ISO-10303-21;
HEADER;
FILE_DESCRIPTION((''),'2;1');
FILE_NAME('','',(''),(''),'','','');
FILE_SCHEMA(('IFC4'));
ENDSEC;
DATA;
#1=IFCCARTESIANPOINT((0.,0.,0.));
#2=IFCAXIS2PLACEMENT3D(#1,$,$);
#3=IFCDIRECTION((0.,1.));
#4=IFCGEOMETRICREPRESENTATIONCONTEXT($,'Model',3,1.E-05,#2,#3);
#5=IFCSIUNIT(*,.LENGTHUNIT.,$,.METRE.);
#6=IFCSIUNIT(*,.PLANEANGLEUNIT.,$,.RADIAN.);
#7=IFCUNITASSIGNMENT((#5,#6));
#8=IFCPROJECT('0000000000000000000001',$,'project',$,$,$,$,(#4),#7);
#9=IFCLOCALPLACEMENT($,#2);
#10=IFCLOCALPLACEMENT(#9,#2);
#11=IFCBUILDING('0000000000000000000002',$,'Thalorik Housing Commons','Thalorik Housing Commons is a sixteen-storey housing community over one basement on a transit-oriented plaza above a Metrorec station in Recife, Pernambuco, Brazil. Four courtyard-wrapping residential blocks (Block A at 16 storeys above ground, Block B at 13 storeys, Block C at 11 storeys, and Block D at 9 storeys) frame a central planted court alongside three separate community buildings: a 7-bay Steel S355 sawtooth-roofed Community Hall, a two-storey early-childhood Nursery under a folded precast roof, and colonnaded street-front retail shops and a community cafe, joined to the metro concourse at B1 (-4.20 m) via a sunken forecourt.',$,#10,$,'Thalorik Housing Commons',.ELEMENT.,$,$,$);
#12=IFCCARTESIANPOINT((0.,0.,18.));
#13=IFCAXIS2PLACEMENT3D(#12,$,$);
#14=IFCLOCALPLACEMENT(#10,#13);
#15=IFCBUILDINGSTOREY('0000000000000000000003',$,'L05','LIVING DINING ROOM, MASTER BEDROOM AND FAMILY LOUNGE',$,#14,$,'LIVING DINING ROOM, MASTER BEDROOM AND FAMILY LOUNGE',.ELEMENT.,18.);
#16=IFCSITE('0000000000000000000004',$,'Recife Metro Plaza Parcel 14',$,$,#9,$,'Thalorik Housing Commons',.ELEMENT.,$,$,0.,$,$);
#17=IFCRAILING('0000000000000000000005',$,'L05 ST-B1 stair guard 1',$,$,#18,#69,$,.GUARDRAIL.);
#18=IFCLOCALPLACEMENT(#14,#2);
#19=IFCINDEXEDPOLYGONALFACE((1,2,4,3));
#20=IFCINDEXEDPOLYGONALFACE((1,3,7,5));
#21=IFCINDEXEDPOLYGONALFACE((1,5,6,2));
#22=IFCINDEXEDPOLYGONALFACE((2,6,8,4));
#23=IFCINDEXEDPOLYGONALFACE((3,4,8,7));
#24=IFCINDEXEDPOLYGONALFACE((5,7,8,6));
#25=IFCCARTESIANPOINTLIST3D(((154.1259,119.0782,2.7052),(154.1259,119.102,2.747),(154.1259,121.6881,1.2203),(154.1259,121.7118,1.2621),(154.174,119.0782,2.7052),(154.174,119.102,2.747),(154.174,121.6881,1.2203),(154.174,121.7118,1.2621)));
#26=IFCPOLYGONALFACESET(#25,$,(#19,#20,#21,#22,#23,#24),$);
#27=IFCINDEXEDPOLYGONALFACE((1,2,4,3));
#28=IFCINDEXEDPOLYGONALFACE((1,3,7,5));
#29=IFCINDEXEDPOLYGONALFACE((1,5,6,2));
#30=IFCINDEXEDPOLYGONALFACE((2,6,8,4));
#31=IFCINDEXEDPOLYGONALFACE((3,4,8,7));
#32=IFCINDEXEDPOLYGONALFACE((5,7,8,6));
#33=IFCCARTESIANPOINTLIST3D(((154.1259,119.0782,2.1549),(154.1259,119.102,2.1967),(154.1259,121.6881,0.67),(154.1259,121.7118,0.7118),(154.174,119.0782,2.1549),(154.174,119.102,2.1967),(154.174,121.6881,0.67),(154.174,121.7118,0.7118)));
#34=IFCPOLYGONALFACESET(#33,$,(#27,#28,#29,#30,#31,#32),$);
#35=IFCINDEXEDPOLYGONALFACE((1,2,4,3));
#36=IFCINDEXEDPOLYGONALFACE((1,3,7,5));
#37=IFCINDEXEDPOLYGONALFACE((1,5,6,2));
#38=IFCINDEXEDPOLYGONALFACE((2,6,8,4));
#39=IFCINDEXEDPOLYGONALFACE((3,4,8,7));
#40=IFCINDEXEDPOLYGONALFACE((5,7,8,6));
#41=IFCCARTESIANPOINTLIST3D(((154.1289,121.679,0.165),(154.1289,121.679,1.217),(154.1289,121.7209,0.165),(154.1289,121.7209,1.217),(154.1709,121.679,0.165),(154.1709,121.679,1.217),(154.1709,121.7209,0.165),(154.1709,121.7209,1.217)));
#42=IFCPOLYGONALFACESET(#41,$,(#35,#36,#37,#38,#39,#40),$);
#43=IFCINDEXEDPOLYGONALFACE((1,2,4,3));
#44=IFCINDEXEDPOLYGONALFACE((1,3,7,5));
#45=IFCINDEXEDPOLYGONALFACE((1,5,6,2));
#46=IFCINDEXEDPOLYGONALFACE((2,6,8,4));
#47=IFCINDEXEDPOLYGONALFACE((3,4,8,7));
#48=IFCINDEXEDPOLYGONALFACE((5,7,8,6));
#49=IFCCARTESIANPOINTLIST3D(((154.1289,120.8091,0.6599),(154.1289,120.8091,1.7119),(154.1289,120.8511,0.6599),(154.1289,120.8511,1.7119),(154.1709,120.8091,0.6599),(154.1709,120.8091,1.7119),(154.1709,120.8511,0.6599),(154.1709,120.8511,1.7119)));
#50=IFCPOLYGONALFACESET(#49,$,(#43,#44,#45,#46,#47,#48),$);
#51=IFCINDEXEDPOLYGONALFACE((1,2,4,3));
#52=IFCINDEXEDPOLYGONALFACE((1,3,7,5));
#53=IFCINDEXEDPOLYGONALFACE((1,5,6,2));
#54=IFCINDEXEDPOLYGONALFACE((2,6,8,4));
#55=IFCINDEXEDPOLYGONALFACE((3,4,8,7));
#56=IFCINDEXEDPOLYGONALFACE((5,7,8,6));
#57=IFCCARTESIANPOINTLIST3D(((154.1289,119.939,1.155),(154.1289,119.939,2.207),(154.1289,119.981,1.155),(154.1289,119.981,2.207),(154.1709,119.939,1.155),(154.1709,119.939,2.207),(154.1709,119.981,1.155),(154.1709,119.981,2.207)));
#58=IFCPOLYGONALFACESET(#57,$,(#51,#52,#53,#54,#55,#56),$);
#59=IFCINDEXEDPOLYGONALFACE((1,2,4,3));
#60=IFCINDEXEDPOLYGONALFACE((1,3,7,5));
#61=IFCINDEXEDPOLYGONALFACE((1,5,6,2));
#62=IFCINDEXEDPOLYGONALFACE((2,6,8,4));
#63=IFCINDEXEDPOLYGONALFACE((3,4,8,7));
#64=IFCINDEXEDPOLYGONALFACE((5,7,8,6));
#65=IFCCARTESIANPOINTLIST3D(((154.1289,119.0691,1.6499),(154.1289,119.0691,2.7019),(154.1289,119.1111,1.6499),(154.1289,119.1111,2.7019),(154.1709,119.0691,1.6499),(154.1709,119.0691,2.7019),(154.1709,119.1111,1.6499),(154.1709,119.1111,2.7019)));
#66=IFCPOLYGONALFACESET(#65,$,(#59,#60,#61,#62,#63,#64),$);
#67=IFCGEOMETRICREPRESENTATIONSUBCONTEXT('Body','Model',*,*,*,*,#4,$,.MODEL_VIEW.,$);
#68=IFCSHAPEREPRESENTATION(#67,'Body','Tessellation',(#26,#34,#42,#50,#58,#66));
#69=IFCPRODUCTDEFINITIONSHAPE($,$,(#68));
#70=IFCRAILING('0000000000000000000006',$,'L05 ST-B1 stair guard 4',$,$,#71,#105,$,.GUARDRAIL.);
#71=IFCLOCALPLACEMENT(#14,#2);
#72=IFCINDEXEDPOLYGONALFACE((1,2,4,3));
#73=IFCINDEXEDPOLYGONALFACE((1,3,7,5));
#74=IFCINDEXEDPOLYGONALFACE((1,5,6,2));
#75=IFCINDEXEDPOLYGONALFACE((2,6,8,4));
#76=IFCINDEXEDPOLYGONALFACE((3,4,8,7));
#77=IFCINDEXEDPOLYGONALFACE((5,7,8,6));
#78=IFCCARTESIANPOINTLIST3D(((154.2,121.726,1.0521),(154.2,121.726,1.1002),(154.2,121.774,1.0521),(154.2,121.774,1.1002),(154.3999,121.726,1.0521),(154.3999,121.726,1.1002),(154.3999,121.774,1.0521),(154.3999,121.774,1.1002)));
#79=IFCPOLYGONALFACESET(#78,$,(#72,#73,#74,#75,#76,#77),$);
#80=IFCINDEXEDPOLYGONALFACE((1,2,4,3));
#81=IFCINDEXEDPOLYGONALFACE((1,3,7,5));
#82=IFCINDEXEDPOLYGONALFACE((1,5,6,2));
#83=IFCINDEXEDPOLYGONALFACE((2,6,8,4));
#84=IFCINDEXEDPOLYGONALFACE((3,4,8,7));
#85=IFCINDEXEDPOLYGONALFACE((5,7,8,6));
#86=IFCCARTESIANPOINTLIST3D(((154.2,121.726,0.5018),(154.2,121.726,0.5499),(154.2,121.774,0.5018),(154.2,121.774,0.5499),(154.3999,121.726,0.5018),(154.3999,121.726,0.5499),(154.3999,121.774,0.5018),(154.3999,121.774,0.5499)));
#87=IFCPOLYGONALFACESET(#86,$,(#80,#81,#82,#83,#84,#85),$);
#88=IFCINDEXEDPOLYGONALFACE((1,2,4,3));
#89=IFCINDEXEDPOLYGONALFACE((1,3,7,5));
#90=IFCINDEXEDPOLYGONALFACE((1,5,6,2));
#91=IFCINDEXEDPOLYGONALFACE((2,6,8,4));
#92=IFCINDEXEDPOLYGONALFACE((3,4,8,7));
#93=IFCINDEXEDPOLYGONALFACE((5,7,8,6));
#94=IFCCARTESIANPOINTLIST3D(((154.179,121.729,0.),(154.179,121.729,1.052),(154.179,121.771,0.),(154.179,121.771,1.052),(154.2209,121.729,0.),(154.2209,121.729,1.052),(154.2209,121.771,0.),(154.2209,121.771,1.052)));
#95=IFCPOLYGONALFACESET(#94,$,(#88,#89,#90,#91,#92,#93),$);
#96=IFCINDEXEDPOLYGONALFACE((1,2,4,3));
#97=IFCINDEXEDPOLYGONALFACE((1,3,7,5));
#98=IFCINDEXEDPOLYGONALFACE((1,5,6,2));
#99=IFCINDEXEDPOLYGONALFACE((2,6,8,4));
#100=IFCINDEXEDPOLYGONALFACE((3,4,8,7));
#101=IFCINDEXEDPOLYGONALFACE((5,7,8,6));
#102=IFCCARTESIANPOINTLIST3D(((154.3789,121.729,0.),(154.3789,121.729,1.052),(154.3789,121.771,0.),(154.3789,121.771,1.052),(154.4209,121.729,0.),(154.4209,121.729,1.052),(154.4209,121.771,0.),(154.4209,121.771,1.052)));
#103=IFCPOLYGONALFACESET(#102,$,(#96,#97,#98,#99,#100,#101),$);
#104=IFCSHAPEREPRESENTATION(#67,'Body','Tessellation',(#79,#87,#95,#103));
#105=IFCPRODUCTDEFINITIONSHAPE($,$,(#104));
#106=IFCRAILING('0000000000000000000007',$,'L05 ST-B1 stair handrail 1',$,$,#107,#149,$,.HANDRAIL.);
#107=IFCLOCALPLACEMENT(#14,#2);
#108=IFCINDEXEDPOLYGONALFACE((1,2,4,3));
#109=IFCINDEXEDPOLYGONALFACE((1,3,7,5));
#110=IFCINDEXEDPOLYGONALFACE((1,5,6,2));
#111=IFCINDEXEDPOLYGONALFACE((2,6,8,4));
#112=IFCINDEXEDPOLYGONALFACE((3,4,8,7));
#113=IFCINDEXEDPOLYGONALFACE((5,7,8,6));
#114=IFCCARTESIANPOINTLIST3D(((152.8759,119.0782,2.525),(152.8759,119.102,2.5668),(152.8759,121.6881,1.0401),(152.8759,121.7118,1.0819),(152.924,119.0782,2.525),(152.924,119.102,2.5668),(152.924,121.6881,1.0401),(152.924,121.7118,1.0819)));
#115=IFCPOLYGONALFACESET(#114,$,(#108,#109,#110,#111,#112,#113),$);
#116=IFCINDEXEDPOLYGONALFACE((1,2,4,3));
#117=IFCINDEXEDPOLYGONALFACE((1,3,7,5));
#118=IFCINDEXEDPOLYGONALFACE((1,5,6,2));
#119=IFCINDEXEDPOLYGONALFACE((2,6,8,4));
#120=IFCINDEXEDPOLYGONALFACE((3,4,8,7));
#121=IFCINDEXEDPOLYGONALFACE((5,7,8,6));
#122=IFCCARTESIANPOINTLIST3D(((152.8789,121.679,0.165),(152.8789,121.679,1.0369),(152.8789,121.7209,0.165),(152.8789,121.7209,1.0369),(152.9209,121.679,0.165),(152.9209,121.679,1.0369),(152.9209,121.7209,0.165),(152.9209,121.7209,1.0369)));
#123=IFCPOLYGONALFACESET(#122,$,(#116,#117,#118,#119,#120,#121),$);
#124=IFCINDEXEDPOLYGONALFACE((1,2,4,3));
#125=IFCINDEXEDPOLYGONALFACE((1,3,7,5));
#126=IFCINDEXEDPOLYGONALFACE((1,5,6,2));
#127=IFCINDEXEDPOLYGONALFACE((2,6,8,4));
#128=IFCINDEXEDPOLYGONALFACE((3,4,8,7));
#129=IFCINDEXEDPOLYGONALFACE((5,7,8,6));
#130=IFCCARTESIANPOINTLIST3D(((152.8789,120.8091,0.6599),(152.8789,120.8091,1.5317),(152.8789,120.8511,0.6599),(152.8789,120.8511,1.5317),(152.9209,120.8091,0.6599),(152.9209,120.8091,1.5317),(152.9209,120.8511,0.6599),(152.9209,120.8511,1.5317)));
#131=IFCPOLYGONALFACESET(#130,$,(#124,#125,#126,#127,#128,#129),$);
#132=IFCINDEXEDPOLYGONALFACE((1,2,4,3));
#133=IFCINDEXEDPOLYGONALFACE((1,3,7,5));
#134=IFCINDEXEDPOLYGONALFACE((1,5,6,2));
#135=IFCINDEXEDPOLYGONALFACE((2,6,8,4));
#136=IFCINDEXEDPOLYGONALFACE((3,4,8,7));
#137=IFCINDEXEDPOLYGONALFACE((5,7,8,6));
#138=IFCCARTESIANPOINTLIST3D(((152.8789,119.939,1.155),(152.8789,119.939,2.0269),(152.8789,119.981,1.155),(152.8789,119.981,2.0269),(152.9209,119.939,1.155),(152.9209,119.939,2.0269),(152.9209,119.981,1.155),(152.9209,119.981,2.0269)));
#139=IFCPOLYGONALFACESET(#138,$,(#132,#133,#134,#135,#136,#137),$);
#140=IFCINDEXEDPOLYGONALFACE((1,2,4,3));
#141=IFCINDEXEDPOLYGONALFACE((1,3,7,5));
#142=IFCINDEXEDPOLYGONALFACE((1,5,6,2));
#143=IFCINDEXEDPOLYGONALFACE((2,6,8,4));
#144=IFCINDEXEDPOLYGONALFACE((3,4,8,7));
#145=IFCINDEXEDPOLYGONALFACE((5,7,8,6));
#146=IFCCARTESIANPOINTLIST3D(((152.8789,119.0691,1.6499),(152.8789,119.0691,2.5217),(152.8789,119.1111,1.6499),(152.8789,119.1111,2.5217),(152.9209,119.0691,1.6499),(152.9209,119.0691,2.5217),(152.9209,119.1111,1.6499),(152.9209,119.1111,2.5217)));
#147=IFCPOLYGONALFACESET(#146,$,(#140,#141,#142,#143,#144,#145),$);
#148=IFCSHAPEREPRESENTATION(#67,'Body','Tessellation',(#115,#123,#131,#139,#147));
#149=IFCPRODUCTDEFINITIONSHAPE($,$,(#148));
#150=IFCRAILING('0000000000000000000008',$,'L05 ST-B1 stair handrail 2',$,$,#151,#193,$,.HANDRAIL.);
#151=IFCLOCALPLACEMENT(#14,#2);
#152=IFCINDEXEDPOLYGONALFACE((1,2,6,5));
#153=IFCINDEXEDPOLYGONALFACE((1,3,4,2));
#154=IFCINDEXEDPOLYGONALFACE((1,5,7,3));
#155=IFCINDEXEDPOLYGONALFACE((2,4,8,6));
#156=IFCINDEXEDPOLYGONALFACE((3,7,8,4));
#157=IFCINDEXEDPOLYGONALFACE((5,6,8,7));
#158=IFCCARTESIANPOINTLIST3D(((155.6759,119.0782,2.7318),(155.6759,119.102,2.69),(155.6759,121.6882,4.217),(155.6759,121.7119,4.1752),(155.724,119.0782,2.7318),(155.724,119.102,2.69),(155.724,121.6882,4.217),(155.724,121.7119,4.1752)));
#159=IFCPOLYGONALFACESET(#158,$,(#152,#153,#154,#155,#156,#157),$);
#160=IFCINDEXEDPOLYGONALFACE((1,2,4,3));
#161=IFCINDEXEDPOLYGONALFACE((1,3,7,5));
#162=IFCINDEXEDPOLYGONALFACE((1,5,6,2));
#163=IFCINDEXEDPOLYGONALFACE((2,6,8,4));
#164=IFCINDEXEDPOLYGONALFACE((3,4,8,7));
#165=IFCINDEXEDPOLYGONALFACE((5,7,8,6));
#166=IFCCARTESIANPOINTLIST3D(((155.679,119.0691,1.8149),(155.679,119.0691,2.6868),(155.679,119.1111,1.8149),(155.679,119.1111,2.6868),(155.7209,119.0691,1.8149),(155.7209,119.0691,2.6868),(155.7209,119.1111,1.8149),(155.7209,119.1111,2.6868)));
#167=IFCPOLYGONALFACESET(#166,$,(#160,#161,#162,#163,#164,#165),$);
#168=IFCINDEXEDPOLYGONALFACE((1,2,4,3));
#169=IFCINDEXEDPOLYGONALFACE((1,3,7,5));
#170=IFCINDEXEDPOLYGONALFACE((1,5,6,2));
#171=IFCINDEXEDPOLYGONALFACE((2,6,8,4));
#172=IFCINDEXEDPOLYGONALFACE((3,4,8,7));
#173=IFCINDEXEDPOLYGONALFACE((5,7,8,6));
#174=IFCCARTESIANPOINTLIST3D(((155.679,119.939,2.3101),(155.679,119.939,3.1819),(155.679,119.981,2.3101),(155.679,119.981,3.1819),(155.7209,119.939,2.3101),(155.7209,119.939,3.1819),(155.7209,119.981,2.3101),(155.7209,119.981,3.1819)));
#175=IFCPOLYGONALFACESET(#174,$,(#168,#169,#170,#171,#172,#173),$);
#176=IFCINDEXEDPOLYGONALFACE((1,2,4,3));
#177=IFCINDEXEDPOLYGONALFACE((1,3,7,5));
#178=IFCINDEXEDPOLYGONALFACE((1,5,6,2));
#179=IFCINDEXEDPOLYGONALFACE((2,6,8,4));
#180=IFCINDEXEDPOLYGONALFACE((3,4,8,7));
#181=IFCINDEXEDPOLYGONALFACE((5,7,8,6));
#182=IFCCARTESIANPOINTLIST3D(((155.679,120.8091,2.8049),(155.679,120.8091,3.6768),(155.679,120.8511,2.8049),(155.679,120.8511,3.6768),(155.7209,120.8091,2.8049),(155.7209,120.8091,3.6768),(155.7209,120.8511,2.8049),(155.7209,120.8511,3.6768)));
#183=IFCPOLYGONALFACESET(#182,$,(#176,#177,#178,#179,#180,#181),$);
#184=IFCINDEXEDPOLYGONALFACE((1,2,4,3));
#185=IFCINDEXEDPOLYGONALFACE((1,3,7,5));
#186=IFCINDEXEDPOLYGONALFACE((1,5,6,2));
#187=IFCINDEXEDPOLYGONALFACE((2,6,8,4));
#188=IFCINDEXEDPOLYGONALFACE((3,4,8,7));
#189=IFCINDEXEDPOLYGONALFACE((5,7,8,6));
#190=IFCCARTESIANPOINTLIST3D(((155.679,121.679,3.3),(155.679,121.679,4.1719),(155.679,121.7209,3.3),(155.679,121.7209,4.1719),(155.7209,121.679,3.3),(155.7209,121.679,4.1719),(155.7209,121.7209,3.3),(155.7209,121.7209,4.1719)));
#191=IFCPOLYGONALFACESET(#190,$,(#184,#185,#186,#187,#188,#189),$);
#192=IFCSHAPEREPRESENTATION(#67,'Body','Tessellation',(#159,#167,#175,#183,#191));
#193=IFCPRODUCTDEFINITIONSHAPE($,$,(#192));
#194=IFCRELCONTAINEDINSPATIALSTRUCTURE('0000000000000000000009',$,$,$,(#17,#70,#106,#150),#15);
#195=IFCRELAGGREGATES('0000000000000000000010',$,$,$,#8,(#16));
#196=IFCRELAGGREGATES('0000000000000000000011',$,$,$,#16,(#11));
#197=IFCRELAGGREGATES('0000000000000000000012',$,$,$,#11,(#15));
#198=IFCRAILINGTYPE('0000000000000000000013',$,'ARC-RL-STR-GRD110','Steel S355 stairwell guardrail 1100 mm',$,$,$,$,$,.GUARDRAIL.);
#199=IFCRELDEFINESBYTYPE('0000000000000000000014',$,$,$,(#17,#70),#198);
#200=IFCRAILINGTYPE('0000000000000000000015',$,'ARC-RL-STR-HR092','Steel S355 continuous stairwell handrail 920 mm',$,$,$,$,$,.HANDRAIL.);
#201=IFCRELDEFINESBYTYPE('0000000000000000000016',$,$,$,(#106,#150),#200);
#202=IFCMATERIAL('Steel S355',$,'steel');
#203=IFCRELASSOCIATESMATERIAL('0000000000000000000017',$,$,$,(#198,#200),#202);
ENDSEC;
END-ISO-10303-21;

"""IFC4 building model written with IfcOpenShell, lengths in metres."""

from ifc_helpers import new_model, si_unit, direction, frame, origin, origin_2d, place, context, subcontext, project, spatial, rectangle, extrude, material, type_object, element, save


model = new_model("IFC4")

# Units and contexts
model_context = context("Model", 3, precision=1e-05, world=origin(), true_north=direction((0.0, 1.0)))
body_context = subcontext(model_context, "Body", "Model", "MODEL_VIEW")
ifc_project = project(units=[si_unit("LENGTHUNIT", "METRE"), si_unit("PLANEANGLEUNIT", "RADIAN")], contexts=[model_context])

# Site, building, storey
site_placement = place(None, origin())
site = spatial("IfcSite", under=ifc_project, at=site_placement, Name="Recife Metro Plaza Parcel 14", LongName="Thalorik Housing Commons", CompositionType="ELEMENT", RefElevation=0.0)
building_placement = place(site_placement, origin())
building = spatial("IfcBuilding", under=site, at=building_placement, Name="Thalorik Housing Commons", Description="Thalorik Housing Commons is a sixteen-storey housing community over one basement on a transit-oriented plaza above a Metrorec station in Recife, Pernambuco, Brazil. Four courtyard-wrapping residential blocks (Block A at 16 storeys above ground, Block B at 13 storeys, Block C at 11 storeys, and Block D at 9 storeys) frame a central planted court alongside three separate community buildings: a 7-bay Steel S355 sawtooth-roofed Community Hall, a two-storey early-childhood Nursery under a folded precast roof, and colonnaded street-front retail shops and a community cafe, joined to the metro concourse at B1 (-4.20 m) via a sunken forecourt.", LongName="Thalorik Housing Commons", CompositionType="ELEMENT")
storey_placement = place(building_placement, frame((0.0, 0.0, 18.0)))
storey = spatial("IfcBuildingStorey", under=building, at=storey_placement, Name="L05", Description="LIVING DINING ROOM, MASTER BEDROOM AND FAMILY LOUNGE", LongName="LIVING DINING ROOM, MASTER BEDROOM AND FAMILY LOUNGE", CompositionType="ELEMENT", Elevation=18.0)

# Shared definitions
ifc_material_1 = material(Name="Steel S355", Category="steel")

# Railings
railing_type_1 = type_object("IfcRailingType", Name="ARC-RL-STR-GRD110", Description="Steel S355 stairwell guardrail 1100 mm", PredefinedType="GUARDRAIL", material=ifc_material_1)
railing_1_placement = place(storey_placement, frame((154.1499, 121.7, 0.165)))
element("IfcRailing", 1, at=railing_1_placement, inside=storey, type_object=railing_type_1, Name="L05 ST-B1 stair guard 1", PredefinedType="GUARDRAIL", context=body_context, shape_type="SweptSolid", body=[
    extrude(rectangle(XDim=0.0481, YDim=0.0481, at=origin_2d()), frame((0.0, 0.0, 1.0762), z_axis=(0.0, -0.869172, 0.494509), x_axis=(1.0, 0.0, 0.0)), (0.0, 0.0, 1.0), 3.0027),
    extrude(rectangle(XDim=0.0481, YDim=0.0481, at=origin_2d()), frame((0.0, 0.0, 0.5259), z_axis=(0.0, -0.869172, 0.494509), x_axis=(1.0, 0.0, 0.0)), (0.0, 0.0, 1.0), 3.0027),
    extrude(rectangle(XDim=0.042, YDim=0.042, at=origin_2d()), origin(), (0.0, 0.0, 1.0), 1.052),
    extrude(rectangle(XDim=0.042, YDim=0.042, at=origin_2d()), frame((0.0, -0.8699, 0.4949)), (0.0, 0.0, 1.0), 1.052),
    extrude(rectangle(XDim=0.042, YDim=0.042, at=origin_2d()), frame((0.0, -1.74, 0.99)), (0.0, 0.0, 1.0), 1.052),
    extrude(rectangle(XDim=0.042, YDim=0.042, at=origin_2d()), frame((0.0, -2.6099, 1.4849)), (0.0, 0.0, 1.0), 1.052),
])
railing_2_placement = place(storey_placement, frame((154.2, 121.75, 0.0)))
element("IfcRailing", 2, at=railing_2_placement, inside=storey, type_object=railing_type_1, Name="L05 ST-B1 stair guard 4", PredefinedType="GUARDRAIL", context=body_context, shape_type="SweptSolid", body=[
    extrude(rectangle(XDim=0.0481, YDim=0.0481, at=origin_2d()), frame((0.0, 0.0, 1.0762), z_axis=(1.0, 0.0, 0.0), x_axis=(0.0, 1.0, 0.0)), (0.0, 0.0, 1.0), 0.2),
    extrude(rectangle(XDim=0.0481, YDim=0.0481, at=origin_2d()), frame((0.0, 0.0, 0.5259), z_axis=(1.0, 0.0, 0.0), x_axis=(0.0, 1.0, 0.0)), (0.0, 0.0, 1.0), 0.2),
    extrude(rectangle(XDim=0.042, YDim=0.042, at=origin_2d()), origin(), (0.0, 0.0, 1.0), 1.052),
    extrude(rectangle(XDim=0.042, YDim=0.042, at=origin_2d()), frame((0.2, 0.0, 0.0)), (0.0, 0.0, 1.0), 1.052),
])
railing_type_2 = type_object("IfcRailingType", Name="ARC-RL-STR-HR092", Description="Steel S355 continuous stairwell handrail 920 mm", PredefinedType="HANDRAIL", material=ifc_material_1)
railing_3_placement = place(storey_placement, frame((152.8999, 121.7, 0.165)))
element("IfcRailing", 3, at=railing_3_placement, inside=storey, type_object=railing_type_2, Name="L05 ST-B1 stair handrail 1", PredefinedType="HANDRAIL", context=body_context, shape_type="SweptSolid", body=[
    extrude(rectangle(XDim=0.0481, YDim=0.0481, at=origin_2d()), frame((0.0, 0.0, 0.896), z_axis=(0.0, -0.869172, 0.494509), x_axis=(1.0, 0.0, 0.0)), (0.0, 0.0, 1.0), 3.0027),
    extrude(rectangle(XDim=0.042, YDim=0.042, at=origin_2d()), origin(), (0.0, 0.0, 1.0), 0.8718),
    extrude(rectangle(XDim=0.042, YDim=0.042, at=origin_2d()), frame((0.0, -0.8699, 0.4949)), (0.0, 0.0, 1.0), 0.8718),
    extrude(rectangle(XDim=0.042, YDim=0.042, at=origin_2d()), frame((0.0, -1.74, 0.99)), (0.0, 0.0, 1.0), 0.8718),
    extrude(rectangle(XDim=0.042, YDim=0.042, at=origin_2d()), frame((0.0, -2.6099, 1.4849)), (0.0, 0.0, 1.0), 0.8718),
])
railing_4_placement = place(storey_placement, frame((155.7, 119.0901, 1.8149)))
element("IfcRailing", 4, at=railing_4_placement, inside=storey, type_object=railing_type_2, Name="L05 ST-B1 stair handrail 2", PredefinedType="HANDRAIL", context=body_context, shape_type="SweptSolid", body=[
    extrude(rectangle(XDim=0.0481, YDim=0.0481, at=origin_2d()), frame((0.0, 0.0, 0.896), z_axis=(0.0, 0.869137, 0.494571), x_axis=(-1.0, 0.0, 0.0)), (0.0, 0.0, 1.0), 3.0029),
    extrude(rectangle(XDim=0.042, YDim=0.042, at=origin_2d()), origin(), (0.0, 0.0, 1.0), 0.8718),
    extrude(rectangle(XDim=0.042, YDim=0.042, at=origin_2d()), frame((0.0, 0.8699, 0.4951)), (0.0, 0.0, 1.0), 0.8718),
    extrude(rectangle(XDim=0.042, YDim=0.042, at=origin_2d()), frame((0.0, 1.74, 0.99)), (0.0, 0.0, 1.0), 0.8718),
    extrude(rectangle(XDim=0.042, YDim=0.042, at=origin_2d()), frame((0.0, 2.6099, 1.4851)), (0.0, 0.0, 1.0), 0.8718),
])

save(model, "model.ifc")
